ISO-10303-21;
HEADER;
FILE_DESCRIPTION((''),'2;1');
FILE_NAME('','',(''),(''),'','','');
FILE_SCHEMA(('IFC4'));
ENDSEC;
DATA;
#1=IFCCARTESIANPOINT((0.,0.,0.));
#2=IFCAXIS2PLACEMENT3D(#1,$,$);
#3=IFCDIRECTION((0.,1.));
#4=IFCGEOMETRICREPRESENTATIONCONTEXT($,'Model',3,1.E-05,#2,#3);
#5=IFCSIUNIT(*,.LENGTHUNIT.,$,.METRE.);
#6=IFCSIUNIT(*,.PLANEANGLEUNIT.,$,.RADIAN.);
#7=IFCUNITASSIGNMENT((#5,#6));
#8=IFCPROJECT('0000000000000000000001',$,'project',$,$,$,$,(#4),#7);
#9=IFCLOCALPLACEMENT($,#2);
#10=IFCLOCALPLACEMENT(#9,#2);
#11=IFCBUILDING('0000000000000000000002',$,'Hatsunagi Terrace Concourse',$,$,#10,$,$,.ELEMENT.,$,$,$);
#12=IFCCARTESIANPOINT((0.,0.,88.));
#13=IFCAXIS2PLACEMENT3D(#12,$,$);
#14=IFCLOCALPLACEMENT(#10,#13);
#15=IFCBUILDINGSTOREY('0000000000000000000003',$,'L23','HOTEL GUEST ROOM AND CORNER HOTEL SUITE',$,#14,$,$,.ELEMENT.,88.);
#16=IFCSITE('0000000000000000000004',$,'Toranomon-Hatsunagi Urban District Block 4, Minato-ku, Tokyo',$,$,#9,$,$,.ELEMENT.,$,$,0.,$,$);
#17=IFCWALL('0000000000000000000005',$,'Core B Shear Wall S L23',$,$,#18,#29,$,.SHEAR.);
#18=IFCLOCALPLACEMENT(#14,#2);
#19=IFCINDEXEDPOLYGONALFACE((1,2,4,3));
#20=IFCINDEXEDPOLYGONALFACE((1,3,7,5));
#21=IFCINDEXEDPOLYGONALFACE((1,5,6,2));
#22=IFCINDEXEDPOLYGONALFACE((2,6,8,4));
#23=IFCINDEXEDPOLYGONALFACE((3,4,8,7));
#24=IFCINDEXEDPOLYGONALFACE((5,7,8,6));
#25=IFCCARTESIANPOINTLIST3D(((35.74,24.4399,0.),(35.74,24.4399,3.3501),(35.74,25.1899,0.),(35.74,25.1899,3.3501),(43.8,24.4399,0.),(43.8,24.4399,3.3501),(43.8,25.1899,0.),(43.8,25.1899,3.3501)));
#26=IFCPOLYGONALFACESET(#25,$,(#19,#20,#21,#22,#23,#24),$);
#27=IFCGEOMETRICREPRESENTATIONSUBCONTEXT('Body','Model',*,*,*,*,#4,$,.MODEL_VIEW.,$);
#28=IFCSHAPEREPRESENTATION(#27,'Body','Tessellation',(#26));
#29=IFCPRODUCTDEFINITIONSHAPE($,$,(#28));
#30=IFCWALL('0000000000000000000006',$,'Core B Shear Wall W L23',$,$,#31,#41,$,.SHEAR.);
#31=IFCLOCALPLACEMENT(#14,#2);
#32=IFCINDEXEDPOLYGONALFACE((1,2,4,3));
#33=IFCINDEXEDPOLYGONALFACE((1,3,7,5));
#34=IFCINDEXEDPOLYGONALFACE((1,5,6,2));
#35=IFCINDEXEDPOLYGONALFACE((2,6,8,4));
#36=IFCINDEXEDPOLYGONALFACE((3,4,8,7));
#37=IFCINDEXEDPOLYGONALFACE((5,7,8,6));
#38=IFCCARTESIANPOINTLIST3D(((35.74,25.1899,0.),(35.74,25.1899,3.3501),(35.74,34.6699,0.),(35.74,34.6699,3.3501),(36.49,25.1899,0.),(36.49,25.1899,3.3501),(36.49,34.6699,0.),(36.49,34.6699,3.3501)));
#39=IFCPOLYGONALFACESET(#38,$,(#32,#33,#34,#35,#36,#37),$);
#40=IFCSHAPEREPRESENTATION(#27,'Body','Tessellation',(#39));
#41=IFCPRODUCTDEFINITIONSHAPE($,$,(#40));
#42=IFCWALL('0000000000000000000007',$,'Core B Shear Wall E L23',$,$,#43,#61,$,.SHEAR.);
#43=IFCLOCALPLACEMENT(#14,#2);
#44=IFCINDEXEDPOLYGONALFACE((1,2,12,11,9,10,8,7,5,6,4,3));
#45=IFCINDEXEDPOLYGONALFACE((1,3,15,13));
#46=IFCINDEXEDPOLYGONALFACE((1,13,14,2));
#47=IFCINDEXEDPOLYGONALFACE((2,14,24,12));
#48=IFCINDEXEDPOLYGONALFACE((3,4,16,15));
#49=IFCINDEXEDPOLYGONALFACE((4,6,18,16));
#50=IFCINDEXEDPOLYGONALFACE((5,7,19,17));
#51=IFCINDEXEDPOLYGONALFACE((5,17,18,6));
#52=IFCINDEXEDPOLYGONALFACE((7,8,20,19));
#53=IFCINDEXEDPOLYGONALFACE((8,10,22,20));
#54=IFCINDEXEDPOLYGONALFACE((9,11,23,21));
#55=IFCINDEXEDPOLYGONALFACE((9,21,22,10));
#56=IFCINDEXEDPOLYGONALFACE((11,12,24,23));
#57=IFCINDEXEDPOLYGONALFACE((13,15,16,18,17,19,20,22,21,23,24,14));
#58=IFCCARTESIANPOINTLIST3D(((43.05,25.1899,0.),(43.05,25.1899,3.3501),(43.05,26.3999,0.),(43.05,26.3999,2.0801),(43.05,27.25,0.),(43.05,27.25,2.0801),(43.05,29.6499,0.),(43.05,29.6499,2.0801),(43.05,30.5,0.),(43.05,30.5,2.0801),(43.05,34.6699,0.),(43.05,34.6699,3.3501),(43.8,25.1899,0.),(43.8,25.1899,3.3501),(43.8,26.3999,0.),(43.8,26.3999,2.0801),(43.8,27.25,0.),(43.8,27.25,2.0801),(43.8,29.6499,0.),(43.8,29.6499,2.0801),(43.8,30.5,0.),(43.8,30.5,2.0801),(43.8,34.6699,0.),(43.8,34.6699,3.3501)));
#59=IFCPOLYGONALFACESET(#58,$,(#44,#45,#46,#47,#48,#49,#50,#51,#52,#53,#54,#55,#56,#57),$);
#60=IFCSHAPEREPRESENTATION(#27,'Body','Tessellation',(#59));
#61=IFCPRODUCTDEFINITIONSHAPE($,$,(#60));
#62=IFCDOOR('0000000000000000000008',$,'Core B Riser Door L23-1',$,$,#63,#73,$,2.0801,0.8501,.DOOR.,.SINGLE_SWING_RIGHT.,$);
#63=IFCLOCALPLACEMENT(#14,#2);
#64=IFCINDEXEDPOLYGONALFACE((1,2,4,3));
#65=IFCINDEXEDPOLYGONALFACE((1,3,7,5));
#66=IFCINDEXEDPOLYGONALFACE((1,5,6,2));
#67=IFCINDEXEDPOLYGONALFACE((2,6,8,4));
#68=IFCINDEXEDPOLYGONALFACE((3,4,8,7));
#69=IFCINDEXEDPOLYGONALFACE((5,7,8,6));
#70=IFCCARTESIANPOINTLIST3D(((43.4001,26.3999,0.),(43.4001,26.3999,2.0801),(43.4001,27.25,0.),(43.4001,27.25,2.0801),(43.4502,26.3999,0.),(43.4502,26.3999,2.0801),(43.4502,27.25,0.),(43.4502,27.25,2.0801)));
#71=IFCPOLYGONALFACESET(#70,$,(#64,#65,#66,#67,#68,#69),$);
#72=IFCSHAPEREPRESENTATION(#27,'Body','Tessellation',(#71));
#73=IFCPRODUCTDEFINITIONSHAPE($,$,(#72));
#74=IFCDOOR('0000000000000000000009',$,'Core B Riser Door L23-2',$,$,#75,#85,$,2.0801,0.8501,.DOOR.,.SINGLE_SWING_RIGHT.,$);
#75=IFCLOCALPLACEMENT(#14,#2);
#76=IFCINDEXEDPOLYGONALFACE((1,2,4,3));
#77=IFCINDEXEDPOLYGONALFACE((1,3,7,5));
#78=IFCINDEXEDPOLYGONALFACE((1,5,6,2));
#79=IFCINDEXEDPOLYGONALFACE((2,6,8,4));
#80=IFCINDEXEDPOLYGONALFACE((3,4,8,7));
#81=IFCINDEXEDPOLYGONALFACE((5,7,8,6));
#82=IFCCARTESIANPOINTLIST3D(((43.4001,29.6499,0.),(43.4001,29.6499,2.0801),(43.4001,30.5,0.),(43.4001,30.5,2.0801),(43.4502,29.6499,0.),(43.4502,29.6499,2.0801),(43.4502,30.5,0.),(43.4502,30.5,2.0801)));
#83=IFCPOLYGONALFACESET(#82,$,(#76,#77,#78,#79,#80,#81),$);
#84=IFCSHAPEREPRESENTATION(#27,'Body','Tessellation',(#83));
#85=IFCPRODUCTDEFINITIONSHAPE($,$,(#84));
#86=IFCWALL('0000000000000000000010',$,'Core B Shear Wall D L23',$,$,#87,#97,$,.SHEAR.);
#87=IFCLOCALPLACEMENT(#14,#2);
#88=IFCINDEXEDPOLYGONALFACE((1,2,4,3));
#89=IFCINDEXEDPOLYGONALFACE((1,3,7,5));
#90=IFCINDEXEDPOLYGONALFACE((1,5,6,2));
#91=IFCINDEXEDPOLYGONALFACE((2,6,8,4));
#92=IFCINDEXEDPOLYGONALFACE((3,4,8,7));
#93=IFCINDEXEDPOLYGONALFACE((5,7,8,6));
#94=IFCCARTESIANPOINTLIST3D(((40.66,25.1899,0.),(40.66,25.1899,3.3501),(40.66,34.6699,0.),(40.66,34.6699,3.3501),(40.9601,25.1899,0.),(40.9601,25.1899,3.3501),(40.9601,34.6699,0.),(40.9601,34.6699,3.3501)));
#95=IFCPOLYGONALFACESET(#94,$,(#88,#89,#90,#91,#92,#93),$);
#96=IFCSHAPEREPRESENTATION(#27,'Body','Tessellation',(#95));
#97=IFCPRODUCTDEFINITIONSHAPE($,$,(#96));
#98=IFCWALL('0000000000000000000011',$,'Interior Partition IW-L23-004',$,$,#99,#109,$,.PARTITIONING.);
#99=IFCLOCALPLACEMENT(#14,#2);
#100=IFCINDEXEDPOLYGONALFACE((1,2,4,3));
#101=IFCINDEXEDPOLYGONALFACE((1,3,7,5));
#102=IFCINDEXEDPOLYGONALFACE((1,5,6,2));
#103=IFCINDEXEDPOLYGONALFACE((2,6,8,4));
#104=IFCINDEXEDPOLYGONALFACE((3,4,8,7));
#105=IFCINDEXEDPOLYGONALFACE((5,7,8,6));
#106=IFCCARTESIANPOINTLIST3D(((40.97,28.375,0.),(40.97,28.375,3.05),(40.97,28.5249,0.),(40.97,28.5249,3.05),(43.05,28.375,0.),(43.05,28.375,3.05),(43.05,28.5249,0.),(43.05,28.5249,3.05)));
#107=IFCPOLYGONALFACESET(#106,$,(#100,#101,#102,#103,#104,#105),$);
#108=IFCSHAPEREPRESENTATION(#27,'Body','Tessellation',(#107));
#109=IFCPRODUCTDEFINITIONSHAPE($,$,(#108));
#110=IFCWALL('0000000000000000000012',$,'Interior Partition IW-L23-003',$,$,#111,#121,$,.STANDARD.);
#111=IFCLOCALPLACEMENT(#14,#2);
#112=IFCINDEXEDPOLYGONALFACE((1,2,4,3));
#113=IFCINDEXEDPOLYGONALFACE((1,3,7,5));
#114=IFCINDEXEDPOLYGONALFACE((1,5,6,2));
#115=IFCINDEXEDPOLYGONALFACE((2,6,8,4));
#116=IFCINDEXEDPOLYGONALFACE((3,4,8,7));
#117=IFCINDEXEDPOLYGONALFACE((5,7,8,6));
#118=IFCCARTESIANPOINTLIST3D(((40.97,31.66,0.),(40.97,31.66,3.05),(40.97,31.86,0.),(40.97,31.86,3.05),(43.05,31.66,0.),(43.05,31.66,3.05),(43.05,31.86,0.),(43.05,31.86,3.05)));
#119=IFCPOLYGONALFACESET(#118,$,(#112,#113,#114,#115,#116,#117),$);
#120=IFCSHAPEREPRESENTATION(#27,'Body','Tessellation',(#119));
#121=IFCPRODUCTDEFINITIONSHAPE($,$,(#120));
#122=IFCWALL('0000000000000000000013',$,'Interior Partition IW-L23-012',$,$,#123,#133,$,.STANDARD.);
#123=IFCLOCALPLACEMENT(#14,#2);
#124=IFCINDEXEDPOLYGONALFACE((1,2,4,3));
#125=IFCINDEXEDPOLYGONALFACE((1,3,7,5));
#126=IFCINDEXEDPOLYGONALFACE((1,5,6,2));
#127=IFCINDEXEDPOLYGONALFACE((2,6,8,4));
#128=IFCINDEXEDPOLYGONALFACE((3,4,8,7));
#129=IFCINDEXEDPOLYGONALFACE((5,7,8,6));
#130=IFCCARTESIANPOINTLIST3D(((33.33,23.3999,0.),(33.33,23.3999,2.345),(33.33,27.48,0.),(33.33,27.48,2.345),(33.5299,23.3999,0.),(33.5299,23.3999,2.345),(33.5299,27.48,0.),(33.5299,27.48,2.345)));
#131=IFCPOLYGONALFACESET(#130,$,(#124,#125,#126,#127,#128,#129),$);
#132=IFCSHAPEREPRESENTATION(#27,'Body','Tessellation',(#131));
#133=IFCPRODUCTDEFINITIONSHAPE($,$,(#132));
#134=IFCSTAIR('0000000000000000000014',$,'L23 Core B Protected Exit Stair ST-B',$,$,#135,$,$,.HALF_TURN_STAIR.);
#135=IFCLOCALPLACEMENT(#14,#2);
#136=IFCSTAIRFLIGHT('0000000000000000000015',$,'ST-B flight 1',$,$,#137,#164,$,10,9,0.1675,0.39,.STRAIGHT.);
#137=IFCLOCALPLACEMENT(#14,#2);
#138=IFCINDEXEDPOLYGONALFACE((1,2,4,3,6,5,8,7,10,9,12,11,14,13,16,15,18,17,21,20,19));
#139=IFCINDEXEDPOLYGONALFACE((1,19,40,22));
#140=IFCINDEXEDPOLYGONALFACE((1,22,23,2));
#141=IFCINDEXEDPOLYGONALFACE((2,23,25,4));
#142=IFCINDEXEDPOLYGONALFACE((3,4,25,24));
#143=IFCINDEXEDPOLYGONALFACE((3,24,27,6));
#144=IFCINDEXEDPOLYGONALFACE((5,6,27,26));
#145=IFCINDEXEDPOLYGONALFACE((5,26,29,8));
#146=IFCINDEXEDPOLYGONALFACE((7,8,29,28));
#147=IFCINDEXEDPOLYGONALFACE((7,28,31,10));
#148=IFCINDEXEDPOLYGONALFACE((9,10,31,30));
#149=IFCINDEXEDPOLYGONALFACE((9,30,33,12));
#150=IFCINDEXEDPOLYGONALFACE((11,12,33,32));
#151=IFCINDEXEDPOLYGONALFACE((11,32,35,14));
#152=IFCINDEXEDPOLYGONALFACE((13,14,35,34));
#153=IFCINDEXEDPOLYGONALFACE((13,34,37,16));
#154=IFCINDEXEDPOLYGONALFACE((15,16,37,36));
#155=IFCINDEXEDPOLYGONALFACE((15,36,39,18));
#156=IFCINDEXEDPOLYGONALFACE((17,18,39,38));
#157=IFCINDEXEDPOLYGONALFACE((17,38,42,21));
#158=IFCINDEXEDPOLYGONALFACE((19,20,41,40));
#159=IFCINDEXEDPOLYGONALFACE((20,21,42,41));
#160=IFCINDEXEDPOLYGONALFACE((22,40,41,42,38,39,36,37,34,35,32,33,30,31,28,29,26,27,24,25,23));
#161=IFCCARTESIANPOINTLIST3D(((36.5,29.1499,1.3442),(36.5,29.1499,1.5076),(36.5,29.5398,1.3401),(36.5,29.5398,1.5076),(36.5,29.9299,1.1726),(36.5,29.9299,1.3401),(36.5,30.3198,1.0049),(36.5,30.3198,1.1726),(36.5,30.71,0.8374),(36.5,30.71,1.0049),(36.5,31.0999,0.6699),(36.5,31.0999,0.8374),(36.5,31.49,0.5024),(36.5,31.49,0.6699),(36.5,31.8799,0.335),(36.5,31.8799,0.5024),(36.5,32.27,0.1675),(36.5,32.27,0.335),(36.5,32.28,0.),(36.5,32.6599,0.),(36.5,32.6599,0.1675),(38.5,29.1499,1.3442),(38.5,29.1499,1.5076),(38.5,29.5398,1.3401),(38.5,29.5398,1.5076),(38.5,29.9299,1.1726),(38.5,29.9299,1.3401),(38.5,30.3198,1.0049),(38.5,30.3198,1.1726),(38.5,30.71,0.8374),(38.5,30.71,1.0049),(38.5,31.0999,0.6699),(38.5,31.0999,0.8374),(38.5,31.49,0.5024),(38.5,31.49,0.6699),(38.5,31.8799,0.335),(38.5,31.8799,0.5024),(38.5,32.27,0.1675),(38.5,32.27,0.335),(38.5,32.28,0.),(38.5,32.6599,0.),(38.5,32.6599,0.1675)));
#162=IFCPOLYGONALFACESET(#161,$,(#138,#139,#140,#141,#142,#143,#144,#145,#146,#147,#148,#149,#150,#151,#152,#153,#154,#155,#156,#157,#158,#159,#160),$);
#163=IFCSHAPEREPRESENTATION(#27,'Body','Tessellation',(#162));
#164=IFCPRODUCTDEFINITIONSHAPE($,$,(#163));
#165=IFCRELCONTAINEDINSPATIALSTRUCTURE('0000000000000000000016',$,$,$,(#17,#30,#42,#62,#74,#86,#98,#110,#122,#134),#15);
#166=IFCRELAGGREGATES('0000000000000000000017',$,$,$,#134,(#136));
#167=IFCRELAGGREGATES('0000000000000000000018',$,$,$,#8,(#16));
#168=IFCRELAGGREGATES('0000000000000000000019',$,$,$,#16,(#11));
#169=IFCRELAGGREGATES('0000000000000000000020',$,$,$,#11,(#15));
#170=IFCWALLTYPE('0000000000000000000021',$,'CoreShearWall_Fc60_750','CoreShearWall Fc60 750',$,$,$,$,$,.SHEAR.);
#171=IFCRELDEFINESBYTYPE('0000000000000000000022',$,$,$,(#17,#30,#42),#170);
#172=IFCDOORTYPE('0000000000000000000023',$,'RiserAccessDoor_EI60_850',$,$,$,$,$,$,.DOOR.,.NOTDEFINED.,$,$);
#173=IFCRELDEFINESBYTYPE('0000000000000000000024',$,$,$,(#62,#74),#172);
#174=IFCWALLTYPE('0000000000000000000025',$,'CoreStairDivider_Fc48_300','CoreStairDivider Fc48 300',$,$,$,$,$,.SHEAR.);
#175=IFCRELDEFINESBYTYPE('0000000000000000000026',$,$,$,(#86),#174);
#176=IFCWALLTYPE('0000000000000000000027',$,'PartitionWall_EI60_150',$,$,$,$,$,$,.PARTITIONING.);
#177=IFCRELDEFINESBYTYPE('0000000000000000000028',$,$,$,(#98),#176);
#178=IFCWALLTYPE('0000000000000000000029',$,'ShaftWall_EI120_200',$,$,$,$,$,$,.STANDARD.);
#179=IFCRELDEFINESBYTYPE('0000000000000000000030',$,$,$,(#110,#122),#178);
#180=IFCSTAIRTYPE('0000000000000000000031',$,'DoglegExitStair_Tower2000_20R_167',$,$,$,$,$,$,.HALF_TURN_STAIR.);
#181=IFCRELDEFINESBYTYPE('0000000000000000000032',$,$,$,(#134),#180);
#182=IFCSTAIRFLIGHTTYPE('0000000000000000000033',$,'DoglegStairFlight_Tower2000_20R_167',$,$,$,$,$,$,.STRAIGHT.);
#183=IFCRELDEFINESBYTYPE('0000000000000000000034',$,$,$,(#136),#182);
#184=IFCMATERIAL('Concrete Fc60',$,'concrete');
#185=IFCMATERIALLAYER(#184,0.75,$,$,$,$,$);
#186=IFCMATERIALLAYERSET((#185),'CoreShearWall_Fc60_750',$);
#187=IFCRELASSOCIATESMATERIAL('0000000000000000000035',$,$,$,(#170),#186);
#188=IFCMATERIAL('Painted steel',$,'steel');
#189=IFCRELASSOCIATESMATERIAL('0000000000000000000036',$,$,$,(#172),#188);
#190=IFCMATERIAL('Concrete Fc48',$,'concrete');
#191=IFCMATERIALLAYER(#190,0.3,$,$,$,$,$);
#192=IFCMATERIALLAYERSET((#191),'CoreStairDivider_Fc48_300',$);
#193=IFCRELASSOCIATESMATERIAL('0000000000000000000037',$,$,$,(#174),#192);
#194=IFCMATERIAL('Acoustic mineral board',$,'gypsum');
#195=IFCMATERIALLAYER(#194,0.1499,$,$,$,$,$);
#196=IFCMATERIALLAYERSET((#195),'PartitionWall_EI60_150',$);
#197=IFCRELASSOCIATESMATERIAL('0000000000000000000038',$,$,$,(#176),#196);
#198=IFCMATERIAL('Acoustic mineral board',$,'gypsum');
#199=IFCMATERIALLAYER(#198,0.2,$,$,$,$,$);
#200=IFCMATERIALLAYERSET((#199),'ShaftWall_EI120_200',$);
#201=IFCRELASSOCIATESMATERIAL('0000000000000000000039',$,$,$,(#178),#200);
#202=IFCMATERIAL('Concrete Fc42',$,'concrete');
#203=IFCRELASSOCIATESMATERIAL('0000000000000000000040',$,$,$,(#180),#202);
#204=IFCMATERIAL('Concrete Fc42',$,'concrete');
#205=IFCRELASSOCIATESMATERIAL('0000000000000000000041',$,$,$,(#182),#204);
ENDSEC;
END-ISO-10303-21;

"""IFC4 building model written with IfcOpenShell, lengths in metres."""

from ifc_helpers import new_model, si_unit, direction, frame, frame_2d, origin, place, context, subcontext, project, spatial, polyline, rectangle, outline, extrude, material, layer, layer_set, type_object, element, fill, aggregate, save


model = new_model("IFC4")

# Units and contexts
model_context = context("Model", 3, precision=1e-05, world=origin(), true_north=direction((0.0, 1.0)))
body_context = subcontext(model_context, "Body", "Model", "MODEL_VIEW")
ifc_project = project(units=[si_unit("LENGTHUNIT", "METRE"), si_unit("PLANEANGLEUNIT", "RADIAN")], contexts=[model_context])

# Site, building, storey
site_placement = place(None, origin())
site = spatial("IfcSite", under=ifc_project, at=site_placement, Name="Toranomon-Hatsunagi Urban District Block 4, Minato-ku, Tokyo", CompositionType="ELEMENT", RefElevation=0.0)
building_placement = place(site_placement, origin())
building = spatial("IfcBuilding", under=site, at=building_placement, Name="Hatsunagi Terrace Concourse", CompositionType="ELEMENT")
storey_placement = place(building_placement, frame((0.0, 0.0, 88.0)))
storey = spatial("IfcBuildingStorey", under=building, at=storey_placement, Name="L23", Description="HOTEL GUEST ROOM AND CORNER HOTEL SUITE", CompositionType="ELEMENT", Elevation=88.0)

# Walls
ifc_material_1 = material(Name="Concrete Fc60", Category="concrete")
ifc_layer_1 = layer(ifc_material_1, 0.75)
ifc_layer_set_1 = layer_set([ifc_layer_1], Name="CoreShearWall_Fc60_750")
wall_type_1 = type_object("IfcWallType", Name="CoreShearWall_Fc60_750", Description="CoreShearWall Fc60 750", PredefinedType="SHEAR", material=ifc_layer_set_1)
wall_1_placement = place(storey_placement, frame((35.74, 24.8149, 0.0), z_axis=(0.0, 0.0, 1.0), x_axis=(1.0, 0.0, 0.0)))
element("IfcWall", 1, at=wall_1_placement, inside=storey, type_object=wall_type_1, Name="Core B Shear Wall S L23", PredefinedType="SHEAR", context=body_context, shape_type="SweptSolid", body=[
    extrude(rectangle(XDim=8.0601, YDim=0.75, at=frame_2d((4.03, 0.0))), origin(), (0.0, 0.0, 1.0), 3.3501),
])
wall_2_placement = place(storey_placement, frame((36.115, 25.1899, 0.0), z_axis=(0.0, 0.0, 1.0), x_axis=(0.0, 1.0, 0.0)))
element("IfcWall", 2, at=wall_2_placement, inside=storey, type_object=wall_type_1, Name="Core B Shear Wall W L23", PredefinedType="SHEAR", context=body_context, shape_type="SweptSolid", body=[
    extrude(rectangle(XDim=9.48, YDim=0.75, at=frame_2d((4.74, 0.0))), origin(), (0.0, 0.0, 1.0), 3.3501),
])

# Wall, openings, doors
wall_3_placement = place(storey_placement, frame((43.425, 25.1899, 0.0), z_axis=(0.0, 0.0, 1.0), x_axis=(0.0, 1.0, 0.0)))
wall_3 = element("IfcWall", 3, at=wall_3_placement, inside=storey, type_object=wall_type_1, Name="Core B Shear Wall E L23", PredefinedType="SHEAR", context=body_context, shape_type="SweptSolid", body=[
    extrude(rectangle(XDim=9.48, YDim=0.75, at=frame_2d((4.74, 0.0))), origin(), (0.0, 0.0, 1.0), 3.3501),
])
opening_1_placement = place(wall_3_placement, frame((1.21, 0.0, 0.0)))
opening_1 = element("IfcOpeningElement", 4, at=opening_1_placement, cuts=wall_3, PredefinedType="OPENING", context=body_context, shape_type="SweptSolid", body=[
    extrude(rectangle(XDim=0.8501, YDim=2.0801, at=frame_2d((0.425, 1.04))), frame((0.0, 0.385, 0.0), z_axis=(0.0, -1.0, 0.0), x_axis=(1.0, 0.0, 0.0)), (0.0, 0.0, 1.0), 0.77),
])
opening_2_placement = place(wall_3_placement, frame((4.46, 0.0, 0.0)))
opening_2 = element("IfcOpeningElement", 5, at=opening_2_placement, cuts=wall_3, PredefinedType="OPENING", context=body_context, shape_type="SweptSolid", body=[
    extrude(rectangle(XDim=0.8501, YDim=2.0801, at=frame_2d((0.425, 1.04))), frame((0.0, 0.385, 0.0), z_axis=(0.0, -1.0, 0.0), x_axis=(1.0, 0.0, 0.0)), (0.0, 0.0, 1.0), 0.77),
])
ifc_material_2 = material(Name="Painted steel", Category="steel")
door_type_1 = type_object("IfcDoorType", Name="RiserAccessDoor_EI60_850", OperationType="NOTDEFINED", PredefinedType="DOOR", material=ifc_material_2)
door_1_placement = place(opening_1_placement, origin())
door_1 = element("IfcDoor", 6, at=door_1_placement, inside=storey, type_object=door_type_1, Name="Core B Riser Door L23-1", OperationType="SINGLE_SWING_RIGHT", OverallHeight=2.0801, OverallWidth=0.8501, PredefinedType="DOOR", context=body_context, shape_type="SweptSolid", body=[
    extrude(rectangle(XDim=0.8501, YDim=2.0801, at=frame_2d((0.425, 1.04))), frame((0.0, 0.0249, 0.0), z_axis=(0.0, -1.0, 0.0), x_axis=(1.0, 0.0, 0.0)), (0.0, 0.0, 1.0), 0.05),
])
fill(opening_1, door_1)
door_2_placement = place(opening_2_placement, origin())
door_2 = element("IfcDoor", 7, at=door_2_placement, inside=storey, type_object=door_type_1, Name="Core B Riser Door L23-2", OperationType="SINGLE_SWING_RIGHT", OverallHeight=2.0801, OverallWidth=0.8501, PredefinedType="DOOR", context=body_context, shape_type="SweptSolid", body=[
    extrude(rectangle(XDim=0.8501, YDim=2.0801, at=frame_2d((0.425, 1.04))), frame((0.0, 0.0249, 0.0), z_axis=(0.0, -1.0, 0.0), x_axis=(1.0, 0.0, 0.0)), (0.0, 0.0, 1.0), 0.05),
])
fill(opening_2, door_2)

# Walls
ifc_material_3 = material(Name="Concrete Fc48", Category="concrete")
ifc_layer_2 = layer(ifc_material_3, 0.3)
ifc_layer_set_2 = layer_set([ifc_layer_2], Name="CoreStairDivider_Fc48_300")
wall_type_2 = type_object("IfcWallType", Name="CoreStairDivider_Fc48_300", Description="CoreStairDivider Fc48 300", PredefinedType="SHEAR", material=ifc_layer_set_2)
wall_4_placement = place(storey_placement, frame((40.8101, 25.1899, 0.0), z_axis=(0.0, 0.0, 1.0), x_axis=(0.0, 1.0, 0.0)))
element("IfcWall", 8, at=wall_4_placement, inside=storey, type_object=wall_type_2, Name="Core B Shear Wall D L23", PredefinedType="SHEAR", context=body_context, shape_type="SweptSolid", body=[
    extrude(rectangle(XDim=9.48, YDim=0.3, at=frame_2d((4.74, 0.0))), origin(), (0.0, 0.0, 1.0), 3.3501),
])
ifc_material_4 = material(Name="Acoustic mineral board", Category="gypsum")
ifc_layer_3 = layer(ifc_material_4, 0.1499)
ifc_layer_set_3 = layer_set([ifc_layer_3], Name="PartitionWall_EI60_150")
wall_type_3 = type_object("IfcWallType", Name="PartitionWall_EI60_150", PredefinedType="PARTITIONING", material=ifc_layer_set_3)
wall_5_placement = place(storey_placement, frame((40.97, 28.45, 0.0), z_axis=(0.0, 0.0, 1.0), x_axis=(1.0, 0.0, 0.0)))
element("IfcWall", 9, at=wall_5_placement, inside=storey, type_object=wall_type_3, Name="Interior Partition IW-L23-004", PredefinedType="PARTITIONING", context=body_context, shape_type="SweptSolid", body=[
    extrude(rectangle(XDim=2.0801, YDim=0.1499, at=frame_2d((1.04, 0.0))), origin(), (0.0, 0.0, 1.0), 3.05),
])

# Walls
ifc_material_5 = material(Name="Acoustic mineral board", Category="gypsum")
ifc_layer_4 = layer(ifc_material_5, 0.2)
ifc_layer_set_4 = layer_set([ifc_layer_4], Name="ShaftWall_EI120_200")
wall_type_4 = type_object("IfcWallType", Name="ShaftWall_EI120_200", PredefinedType="STANDARD", material=ifc_layer_set_4)
wall_6_placement = place(storey_placement, frame((40.97, 31.76, 0.0), z_axis=(0.0, 0.0, 1.0), x_axis=(1.0, 0.0, 0.0)))
element("IfcWall", 10, at=wall_6_placement, inside=storey, type_object=wall_type_4, Name="Interior Partition IW-L23-003", PredefinedType="STANDARD", context=body_context, shape_type="SweptSolid", body=[
    extrude(rectangle(XDim=2.0801, YDim=0.2, at=frame_2d((1.04, 0.0))), origin(), (0.0, 0.0, 1.0), 3.05),
])
wall_7_placement = place(storey_placement, frame((33.4299, 23.3999, 0.0), z_axis=(0.0, 0.0, 1.0), x_axis=(0.0, 1.0, 0.0)))
element("IfcWall", 11, at=wall_7_placement, inside=storey, type_object=wall_type_4, Name="Interior Partition IW-L23-012", PredefinedType="STANDARD", context=body_context, shape_type="SweptSolid", body=[
    extrude(rectangle(XDim=4.0801, YDim=0.2, at=frame_2d((2.04, 0.0))), origin(), (0.0, 0.0, 1.0), 2.345),
])

# Stair, stair flight
ifc_material_6 = material(Name="Concrete Fc42", Category="concrete")
stair_type = type_object("IfcStairType", Name="DoglegExitStair_Tower2000_20R_167", PredefinedType="HALF_TURN_STAIR", material=ifc_material_6)
stair_placement = place(storey_placement, origin())
stair = element("IfcStair", 12, at=stair_placement, inside=storey, type_object=stair_type, Name="L23 Core B Protected Exit Stair ST-B", PredefinedType="HALF_TURN_STAIR")
ifc_material_7 = material(Name="Concrete Fc42", Category="concrete")
stair_flight_type = type_object("IfcStairFlightType", Name="DoglegStairFlight_Tower2000_20R_167", PredefinedType="STRAIGHT", material=ifc_material_7)
stair_flight_1_placement = place(storey_placement, frame((37.5, 32.6599, 0.0), z_axis=(0.0, 0.0, 1.0), x_axis=(0.0, -1.0, 0.0)))
stair_flight_1 = element("IfcStairFlight", 13, at=stair_flight_1_placement, type_object=stair_flight_type, Name="ST-B flight 1", NumberOfRisers=10, NumberOfTreads=9, PredefinedType="STRAIGHT", RiserHeight=0.1675, TreadLength=0.39, context=body_context, shape_type="SweptSolid", body=[
    extrude(outline(polyline([(0.0, 0.0), (0.0, 0.1675), (0.3899, 0.1675), (0.3899, 0.335), (0.78, 0.335), (0.78, 0.5024), (1.1699, 0.5024), (1.1699, 0.6699), (1.5601, 0.6699), (1.5601, 0.8374), (1.95, 0.8374), (1.95, 1.0049), (2.3401, 1.0049), (2.3401, 1.1726), (2.73, 1.1726), (2.73, 1.3401), (3.1201, 1.3401), (3.1201, 1.5076), (3.51, 1.5076), (3.51, 1.675), (3.51, 1.3442), (0.3799, 0.0), (0.0, 0.0)])), frame((0.0, 1.0, 0.0), z_axis=(0.0, -1.0, 0.0), x_axis=(1.0, 0.0, 0.0)), (0.0, 0.0, 1.0), 2.0),
])
aggregate(stair, [stair_flight_1])

save(model, "model.ifc")
